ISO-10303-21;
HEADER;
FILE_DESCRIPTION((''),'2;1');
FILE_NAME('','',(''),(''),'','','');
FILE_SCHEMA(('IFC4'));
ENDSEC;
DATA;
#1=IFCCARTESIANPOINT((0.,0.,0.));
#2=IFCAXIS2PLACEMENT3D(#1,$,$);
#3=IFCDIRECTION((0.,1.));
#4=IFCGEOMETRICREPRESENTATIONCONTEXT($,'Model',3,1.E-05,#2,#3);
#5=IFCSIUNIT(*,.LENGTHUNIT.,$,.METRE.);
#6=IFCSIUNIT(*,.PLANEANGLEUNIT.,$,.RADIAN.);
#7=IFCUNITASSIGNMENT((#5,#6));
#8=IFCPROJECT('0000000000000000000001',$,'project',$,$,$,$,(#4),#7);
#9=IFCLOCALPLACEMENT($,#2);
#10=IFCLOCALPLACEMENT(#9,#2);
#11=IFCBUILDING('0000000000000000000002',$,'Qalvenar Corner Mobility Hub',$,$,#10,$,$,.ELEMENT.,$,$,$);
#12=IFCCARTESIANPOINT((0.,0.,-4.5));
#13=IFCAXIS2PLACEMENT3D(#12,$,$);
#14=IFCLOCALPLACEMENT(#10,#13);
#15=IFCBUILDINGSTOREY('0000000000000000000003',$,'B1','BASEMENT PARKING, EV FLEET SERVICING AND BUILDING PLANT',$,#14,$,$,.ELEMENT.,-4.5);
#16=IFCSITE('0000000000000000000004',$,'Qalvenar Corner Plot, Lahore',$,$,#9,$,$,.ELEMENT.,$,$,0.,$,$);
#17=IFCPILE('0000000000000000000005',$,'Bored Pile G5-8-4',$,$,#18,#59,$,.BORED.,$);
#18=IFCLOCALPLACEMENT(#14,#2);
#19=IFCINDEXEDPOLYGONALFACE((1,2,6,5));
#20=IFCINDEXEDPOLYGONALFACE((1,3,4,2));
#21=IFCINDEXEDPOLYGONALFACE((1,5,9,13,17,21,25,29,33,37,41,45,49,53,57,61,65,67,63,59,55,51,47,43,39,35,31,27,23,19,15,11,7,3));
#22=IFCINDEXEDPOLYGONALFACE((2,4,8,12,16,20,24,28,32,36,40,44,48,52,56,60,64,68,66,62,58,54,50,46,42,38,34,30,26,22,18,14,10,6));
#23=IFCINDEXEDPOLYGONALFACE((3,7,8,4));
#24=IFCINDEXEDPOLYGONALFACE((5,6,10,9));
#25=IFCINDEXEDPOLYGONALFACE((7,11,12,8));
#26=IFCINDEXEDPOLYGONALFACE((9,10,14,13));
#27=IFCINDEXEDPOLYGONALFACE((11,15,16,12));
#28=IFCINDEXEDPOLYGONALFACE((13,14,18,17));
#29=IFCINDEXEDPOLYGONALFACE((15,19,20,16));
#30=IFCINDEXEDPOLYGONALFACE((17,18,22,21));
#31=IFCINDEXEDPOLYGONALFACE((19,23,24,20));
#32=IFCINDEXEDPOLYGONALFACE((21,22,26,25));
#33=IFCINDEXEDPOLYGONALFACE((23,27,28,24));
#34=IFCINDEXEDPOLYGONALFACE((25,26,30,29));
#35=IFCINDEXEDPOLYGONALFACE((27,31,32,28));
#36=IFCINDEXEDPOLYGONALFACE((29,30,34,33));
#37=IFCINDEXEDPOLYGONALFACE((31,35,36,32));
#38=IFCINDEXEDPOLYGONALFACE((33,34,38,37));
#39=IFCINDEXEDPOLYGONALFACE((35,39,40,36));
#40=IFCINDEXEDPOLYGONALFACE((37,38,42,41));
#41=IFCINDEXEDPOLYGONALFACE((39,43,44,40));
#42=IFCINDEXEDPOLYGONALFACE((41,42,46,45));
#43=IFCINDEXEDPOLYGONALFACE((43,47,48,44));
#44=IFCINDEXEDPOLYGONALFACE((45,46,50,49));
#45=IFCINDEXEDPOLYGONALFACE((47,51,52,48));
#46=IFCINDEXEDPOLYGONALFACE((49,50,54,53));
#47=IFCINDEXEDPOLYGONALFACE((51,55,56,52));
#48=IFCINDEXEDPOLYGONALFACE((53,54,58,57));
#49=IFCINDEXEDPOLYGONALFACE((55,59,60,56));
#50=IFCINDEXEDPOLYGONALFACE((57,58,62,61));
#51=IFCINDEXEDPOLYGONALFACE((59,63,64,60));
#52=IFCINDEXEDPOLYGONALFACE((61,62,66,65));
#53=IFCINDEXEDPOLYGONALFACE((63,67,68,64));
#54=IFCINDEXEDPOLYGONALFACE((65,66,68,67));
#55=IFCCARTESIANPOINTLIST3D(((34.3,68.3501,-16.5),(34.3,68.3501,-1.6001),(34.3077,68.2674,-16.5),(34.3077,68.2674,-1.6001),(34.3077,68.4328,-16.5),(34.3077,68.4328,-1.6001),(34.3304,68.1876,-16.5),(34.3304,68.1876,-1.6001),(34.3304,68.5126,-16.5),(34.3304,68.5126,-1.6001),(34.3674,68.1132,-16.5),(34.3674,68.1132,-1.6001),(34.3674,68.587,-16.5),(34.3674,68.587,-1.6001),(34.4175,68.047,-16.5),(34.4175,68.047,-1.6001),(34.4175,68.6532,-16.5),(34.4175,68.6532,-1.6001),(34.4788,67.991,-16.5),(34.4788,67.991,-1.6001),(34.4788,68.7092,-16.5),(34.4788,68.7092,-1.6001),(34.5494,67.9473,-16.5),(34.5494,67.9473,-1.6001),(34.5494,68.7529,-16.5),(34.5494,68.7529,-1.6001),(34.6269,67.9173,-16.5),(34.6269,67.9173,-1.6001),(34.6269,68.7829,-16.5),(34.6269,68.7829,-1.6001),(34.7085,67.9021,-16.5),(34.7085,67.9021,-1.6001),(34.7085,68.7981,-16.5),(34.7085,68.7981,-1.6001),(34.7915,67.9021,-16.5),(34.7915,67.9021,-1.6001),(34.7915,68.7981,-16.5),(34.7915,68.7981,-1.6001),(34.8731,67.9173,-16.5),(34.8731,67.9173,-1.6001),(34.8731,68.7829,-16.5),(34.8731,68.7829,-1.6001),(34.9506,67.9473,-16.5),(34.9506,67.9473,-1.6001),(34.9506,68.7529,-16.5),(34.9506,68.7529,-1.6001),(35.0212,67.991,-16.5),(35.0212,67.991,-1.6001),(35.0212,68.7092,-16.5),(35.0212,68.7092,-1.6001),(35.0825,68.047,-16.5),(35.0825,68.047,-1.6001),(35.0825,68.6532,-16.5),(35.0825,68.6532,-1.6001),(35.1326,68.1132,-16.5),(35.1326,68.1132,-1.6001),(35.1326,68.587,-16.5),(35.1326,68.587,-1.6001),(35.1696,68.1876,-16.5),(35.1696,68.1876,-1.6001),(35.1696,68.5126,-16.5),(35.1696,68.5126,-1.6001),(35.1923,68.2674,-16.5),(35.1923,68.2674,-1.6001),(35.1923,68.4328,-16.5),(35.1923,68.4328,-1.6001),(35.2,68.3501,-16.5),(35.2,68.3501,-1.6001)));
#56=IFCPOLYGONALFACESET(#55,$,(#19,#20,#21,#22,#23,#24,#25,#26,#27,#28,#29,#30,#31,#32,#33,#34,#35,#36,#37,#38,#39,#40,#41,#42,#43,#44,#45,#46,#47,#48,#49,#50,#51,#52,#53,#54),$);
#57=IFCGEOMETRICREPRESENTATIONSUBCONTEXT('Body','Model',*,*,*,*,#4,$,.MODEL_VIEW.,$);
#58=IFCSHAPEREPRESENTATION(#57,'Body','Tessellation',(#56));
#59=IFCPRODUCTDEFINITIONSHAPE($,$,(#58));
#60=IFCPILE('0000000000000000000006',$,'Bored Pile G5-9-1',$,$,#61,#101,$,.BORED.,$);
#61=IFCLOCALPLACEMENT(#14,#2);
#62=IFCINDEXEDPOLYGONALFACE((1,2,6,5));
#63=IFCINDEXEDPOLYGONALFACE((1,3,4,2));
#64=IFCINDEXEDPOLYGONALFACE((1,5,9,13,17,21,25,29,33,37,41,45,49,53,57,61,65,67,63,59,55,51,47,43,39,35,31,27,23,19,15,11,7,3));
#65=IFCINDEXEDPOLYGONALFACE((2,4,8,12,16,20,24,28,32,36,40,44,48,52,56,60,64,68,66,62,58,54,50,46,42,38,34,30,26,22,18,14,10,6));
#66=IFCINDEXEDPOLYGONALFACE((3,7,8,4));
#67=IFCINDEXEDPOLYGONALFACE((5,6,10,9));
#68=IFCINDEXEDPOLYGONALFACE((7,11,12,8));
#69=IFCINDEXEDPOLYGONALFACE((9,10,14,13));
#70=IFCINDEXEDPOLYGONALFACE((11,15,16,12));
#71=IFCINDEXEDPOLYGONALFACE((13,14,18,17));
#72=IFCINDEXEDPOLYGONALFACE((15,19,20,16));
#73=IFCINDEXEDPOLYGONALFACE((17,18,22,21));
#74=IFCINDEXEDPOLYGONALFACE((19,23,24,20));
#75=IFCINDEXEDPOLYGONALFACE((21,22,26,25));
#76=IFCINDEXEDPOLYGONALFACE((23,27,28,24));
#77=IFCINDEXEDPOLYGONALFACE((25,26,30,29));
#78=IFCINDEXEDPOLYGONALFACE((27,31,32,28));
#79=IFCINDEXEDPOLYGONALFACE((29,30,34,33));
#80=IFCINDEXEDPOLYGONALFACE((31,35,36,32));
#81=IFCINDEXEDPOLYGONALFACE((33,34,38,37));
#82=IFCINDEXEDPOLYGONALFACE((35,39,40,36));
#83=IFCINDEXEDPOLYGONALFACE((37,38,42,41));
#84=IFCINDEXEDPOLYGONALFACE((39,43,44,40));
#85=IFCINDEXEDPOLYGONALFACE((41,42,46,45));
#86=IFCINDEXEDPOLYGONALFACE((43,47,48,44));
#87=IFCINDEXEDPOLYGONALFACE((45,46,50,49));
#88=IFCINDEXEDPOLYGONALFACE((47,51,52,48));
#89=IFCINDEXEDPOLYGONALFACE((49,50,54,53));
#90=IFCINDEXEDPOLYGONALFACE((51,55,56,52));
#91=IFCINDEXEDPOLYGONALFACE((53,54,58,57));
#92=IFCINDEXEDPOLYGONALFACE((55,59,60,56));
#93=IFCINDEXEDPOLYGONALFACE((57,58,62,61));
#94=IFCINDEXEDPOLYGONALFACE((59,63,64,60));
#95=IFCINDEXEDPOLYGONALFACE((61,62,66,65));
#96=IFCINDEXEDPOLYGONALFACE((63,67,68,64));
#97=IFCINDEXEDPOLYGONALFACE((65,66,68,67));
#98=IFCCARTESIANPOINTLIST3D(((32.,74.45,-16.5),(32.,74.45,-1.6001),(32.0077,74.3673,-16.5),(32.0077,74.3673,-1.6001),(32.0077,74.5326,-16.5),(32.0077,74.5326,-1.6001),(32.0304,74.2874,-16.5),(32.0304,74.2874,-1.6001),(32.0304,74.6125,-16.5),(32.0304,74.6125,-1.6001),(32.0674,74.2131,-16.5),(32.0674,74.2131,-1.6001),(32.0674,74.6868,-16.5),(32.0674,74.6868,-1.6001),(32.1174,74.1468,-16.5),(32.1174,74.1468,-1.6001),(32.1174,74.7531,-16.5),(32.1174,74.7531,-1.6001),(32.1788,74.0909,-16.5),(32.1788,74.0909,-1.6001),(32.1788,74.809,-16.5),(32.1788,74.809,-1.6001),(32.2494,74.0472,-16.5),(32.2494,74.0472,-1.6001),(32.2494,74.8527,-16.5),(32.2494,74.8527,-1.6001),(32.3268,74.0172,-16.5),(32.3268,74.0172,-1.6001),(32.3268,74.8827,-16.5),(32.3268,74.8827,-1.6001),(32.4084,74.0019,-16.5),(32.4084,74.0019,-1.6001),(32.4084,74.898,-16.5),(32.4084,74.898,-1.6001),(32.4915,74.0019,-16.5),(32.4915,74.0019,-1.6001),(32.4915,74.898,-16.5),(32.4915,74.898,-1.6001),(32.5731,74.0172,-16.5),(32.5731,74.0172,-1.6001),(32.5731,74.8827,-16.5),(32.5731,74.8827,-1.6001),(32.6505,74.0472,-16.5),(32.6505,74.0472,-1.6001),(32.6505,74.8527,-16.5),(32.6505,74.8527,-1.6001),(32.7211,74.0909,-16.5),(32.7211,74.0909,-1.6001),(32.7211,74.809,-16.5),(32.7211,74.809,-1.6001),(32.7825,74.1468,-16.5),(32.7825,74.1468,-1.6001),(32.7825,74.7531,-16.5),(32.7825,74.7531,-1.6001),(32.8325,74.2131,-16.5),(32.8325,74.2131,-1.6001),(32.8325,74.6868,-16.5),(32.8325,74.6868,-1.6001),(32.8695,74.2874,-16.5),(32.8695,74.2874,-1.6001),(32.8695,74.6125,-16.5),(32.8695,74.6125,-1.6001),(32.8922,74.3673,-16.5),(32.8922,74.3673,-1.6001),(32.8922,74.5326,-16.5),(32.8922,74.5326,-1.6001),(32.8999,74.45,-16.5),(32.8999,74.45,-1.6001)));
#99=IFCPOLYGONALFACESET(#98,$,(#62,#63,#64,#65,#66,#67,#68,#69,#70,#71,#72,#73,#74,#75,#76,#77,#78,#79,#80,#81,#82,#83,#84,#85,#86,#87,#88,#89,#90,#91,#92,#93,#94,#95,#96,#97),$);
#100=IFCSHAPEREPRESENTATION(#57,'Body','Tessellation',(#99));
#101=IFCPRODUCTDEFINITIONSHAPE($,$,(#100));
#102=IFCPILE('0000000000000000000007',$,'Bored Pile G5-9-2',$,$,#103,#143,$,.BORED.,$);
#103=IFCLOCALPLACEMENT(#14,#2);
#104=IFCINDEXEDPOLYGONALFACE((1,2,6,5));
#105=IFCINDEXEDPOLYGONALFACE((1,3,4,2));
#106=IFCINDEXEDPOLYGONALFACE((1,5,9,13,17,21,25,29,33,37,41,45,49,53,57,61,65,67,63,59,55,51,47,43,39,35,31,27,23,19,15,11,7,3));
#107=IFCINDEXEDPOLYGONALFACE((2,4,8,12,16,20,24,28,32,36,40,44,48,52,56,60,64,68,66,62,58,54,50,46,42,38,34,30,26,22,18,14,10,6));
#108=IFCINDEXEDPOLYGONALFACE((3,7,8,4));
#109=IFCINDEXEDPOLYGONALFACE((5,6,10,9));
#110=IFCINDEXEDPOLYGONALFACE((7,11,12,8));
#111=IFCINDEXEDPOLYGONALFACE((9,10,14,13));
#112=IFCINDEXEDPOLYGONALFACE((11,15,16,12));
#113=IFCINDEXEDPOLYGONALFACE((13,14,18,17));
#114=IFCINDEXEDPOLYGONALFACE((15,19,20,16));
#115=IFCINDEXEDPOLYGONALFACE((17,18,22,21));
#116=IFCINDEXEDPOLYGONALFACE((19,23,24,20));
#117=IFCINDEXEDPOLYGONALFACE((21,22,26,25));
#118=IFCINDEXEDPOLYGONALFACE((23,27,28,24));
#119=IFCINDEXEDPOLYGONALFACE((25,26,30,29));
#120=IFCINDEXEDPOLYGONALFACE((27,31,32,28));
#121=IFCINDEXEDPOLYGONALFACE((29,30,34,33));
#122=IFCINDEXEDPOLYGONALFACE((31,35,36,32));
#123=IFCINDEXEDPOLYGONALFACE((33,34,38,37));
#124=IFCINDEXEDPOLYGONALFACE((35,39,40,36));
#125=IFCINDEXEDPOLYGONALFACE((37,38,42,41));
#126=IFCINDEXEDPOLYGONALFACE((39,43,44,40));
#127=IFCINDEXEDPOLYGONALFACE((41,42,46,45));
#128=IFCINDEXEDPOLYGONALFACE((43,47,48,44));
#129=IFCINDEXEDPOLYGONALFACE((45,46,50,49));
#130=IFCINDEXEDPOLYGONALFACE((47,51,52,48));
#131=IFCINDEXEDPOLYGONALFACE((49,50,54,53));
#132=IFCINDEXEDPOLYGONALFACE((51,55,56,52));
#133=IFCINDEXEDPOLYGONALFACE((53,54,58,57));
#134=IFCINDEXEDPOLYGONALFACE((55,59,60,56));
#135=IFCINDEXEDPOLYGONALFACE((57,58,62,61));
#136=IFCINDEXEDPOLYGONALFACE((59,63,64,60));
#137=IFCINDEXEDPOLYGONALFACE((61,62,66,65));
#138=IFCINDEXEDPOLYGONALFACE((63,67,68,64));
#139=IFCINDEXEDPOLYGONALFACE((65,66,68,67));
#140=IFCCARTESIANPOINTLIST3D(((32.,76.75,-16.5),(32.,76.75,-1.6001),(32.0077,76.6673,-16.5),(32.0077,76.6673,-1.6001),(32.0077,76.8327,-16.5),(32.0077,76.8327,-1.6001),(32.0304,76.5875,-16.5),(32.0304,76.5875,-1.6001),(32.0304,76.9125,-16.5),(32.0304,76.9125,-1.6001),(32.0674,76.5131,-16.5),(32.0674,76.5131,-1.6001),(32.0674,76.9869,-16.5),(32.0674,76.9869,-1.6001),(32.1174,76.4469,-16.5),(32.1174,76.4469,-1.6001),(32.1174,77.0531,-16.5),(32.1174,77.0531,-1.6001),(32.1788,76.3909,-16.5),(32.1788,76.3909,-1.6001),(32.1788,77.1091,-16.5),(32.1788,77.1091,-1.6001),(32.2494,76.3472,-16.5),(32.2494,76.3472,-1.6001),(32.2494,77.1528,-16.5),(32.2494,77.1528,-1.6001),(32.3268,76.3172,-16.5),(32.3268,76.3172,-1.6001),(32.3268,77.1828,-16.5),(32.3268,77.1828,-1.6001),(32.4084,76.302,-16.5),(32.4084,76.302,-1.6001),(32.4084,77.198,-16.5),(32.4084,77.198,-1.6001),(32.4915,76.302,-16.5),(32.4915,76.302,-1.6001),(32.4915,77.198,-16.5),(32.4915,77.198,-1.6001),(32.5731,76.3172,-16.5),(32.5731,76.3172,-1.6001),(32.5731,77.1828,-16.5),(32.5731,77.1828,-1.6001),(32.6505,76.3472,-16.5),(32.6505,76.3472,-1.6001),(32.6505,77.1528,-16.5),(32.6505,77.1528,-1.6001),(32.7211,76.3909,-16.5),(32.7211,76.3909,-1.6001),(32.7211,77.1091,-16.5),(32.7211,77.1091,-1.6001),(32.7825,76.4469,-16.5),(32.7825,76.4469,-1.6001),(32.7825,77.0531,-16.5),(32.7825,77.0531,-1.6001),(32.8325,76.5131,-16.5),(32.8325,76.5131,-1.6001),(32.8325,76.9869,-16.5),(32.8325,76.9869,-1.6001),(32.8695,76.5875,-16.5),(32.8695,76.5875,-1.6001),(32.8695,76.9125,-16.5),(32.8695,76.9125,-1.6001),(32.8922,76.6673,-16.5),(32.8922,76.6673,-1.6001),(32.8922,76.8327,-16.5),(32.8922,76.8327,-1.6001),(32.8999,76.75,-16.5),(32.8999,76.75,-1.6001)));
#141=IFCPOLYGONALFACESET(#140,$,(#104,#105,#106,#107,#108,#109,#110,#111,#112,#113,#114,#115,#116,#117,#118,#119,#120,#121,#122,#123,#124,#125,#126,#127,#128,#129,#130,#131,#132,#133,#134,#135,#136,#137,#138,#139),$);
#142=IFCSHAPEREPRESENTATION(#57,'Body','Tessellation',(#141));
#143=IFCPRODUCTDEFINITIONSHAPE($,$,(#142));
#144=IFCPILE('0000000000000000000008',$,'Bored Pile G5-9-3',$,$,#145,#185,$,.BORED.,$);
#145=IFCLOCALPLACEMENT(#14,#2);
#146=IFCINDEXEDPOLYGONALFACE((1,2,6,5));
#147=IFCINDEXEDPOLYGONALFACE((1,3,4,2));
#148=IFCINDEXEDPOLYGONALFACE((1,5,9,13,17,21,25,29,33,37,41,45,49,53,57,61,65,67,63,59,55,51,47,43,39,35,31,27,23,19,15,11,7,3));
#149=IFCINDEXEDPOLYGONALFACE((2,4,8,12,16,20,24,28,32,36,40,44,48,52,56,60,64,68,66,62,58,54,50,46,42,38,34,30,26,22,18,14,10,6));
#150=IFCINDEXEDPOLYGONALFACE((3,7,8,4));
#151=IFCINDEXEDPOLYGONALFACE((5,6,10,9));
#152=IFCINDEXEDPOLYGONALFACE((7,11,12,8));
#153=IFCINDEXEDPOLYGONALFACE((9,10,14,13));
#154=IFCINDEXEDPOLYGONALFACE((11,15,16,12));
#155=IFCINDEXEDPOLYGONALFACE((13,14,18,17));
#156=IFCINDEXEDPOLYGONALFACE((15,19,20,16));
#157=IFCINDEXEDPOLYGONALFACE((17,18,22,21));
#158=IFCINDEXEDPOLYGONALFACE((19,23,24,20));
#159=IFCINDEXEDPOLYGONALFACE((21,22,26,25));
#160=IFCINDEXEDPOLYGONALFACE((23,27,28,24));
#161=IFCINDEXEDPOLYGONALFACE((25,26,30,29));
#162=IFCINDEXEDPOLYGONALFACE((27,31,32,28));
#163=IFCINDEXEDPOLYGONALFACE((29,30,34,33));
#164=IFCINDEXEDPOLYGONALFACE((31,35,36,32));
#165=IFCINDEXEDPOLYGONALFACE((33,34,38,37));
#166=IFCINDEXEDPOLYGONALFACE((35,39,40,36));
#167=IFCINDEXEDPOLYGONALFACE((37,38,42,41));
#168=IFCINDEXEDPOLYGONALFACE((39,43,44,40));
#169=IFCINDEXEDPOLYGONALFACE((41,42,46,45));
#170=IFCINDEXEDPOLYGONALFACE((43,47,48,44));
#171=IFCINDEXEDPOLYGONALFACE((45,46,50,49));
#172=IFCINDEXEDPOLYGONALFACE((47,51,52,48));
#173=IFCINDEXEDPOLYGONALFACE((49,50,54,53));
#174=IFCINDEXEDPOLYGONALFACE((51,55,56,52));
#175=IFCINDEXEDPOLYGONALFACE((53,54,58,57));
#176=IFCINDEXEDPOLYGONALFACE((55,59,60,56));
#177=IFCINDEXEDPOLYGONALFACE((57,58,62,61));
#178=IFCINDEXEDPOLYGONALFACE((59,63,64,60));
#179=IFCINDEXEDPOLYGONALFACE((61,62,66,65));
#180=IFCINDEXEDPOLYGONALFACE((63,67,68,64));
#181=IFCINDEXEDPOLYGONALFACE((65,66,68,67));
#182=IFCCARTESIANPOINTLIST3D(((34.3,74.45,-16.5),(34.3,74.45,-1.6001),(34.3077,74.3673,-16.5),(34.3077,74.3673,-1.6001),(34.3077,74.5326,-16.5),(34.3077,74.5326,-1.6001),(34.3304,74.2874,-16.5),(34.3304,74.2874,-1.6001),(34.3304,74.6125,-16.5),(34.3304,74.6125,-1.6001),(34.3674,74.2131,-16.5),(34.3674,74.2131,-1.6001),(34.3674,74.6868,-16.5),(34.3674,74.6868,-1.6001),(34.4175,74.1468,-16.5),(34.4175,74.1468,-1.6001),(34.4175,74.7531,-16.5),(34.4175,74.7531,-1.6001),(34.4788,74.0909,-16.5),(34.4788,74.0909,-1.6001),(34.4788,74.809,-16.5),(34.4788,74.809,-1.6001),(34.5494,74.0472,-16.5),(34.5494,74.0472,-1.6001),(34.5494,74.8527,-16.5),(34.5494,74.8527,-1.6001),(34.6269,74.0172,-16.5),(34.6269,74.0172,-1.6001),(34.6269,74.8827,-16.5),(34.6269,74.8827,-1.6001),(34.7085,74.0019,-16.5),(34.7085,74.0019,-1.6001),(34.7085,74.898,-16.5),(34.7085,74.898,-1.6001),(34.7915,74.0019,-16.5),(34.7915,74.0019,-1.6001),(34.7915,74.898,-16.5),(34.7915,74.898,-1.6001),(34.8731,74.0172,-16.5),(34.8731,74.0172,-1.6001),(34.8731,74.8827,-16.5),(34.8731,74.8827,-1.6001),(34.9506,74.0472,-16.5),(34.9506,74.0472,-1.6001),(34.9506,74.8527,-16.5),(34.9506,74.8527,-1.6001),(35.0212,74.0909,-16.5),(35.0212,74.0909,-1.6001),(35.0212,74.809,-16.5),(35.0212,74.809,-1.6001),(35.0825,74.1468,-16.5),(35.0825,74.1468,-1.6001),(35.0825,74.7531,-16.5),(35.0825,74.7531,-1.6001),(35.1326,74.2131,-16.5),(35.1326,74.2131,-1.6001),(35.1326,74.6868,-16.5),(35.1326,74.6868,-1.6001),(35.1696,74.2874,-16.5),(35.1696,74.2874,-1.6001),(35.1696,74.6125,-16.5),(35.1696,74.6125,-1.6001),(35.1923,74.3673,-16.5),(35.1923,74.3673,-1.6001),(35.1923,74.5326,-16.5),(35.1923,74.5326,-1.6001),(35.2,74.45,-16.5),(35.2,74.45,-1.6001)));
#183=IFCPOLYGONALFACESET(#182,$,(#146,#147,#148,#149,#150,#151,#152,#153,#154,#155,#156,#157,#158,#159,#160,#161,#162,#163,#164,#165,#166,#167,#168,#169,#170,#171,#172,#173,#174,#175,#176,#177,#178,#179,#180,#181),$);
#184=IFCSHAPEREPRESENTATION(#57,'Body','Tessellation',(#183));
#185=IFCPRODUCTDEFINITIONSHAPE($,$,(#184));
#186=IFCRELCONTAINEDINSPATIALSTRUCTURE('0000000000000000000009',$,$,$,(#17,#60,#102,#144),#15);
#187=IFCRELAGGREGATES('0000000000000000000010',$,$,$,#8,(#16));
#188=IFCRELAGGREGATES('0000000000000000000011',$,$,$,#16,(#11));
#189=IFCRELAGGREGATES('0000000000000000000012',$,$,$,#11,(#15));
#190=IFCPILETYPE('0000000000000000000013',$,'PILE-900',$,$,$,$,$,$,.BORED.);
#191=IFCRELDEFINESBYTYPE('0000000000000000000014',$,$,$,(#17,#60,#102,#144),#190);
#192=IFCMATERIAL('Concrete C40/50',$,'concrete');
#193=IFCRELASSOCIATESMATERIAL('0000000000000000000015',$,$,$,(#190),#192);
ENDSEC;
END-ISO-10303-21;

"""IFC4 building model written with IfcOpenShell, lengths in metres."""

from ifc_helpers import new_model, si_unit, direction, frame, origin, origin_2d, place, context, subcontext, project, spatial, circle, extrude, material, material_profile, profile_set, type_object, element, save


model = new_model("IFC4")

# Units and contexts
model_context = context("Model", 3, precision=1e-05, world=origin(), true_north=direction((0.0, 1.0)))
body_context = subcontext(model_context, "Body", "Model", "MODEL_VIEW")
ifc_project = project(units=[si_unit("LENGTHUNIT", "METRE"), si_unit("PLANEANGLEUNIT", "RADIAN")], contexts=[model_context])

# Site, building, storey
site_placement = place(None, origin())
site = spatial("IfcSite", under=ifc_project, at=site_placement, Name="Qalvenar Corner Plot, Lahore", CompositionType="ELEMENT", RefElevation=0.0)
building_placement = place(site_placement, origin())
building = spatial("IfcBuilding", under=site, at=building_placement, Name="Qalvenar Corner Mobility Hub", CompositionType="ELEMENT")
storey_placement = place(building_placement, frame((0.0, 0.0, -4.5)))
storey = spatial("IfcBuildingStorey", under=building, at=storey_placement, Name="B1", Description="BASEMENT PARKING, EV FLEET SERVICING AND BUILDING PLANT", CompositionType="ELEMENT", Elevation=-4.5)

# Shared definitions
ifc_material_1 = material(Name="Concrete C40/50", Category="concrete")

# Piles
ifc_material_profile_1 = material_profile(ifc_material_1, circle(Radius=0.45, at=origin_2d()), Name="DIA900")
ifc_profile_set_1 = profile_set([ifc_material_profile_1], Name="Concrete C40/50")
pile_type = type_object("IfcPileType", Name="PILE-900", PredefinedType="BORED", material=ifc_profile_set_1)
for number, where, z_axis, x_axis, name in (
    (1, (34.75, 68.3501, -1.6001), (0.0, 0.0, -1.0), (1.0, 0.0, 0.0), "Bored Pile G5-8-4"),
    (2, (32.45, 74.45, -1.6001), (0.0, 0.0, -1.0), (1.0, 0.0, 0.0), "Bored Pile G5-9-1"),
    (3, (32.45, 76.75, -1.6001), (0.0, 0.0, -1.0), (1.0, 0.0, 0.0), "Bored Pile G5-9-2"),
    (4, (34.75, 74.45, -1.6001), (0.0, 0.0, -1.0), (1.0, 0.0, 0.0), "Bored Pile G5-9-3"),
):
    element("IfcPile", number, at=place(storey_placement, frame(where, z_axis=z_axis, x_axis=x_axis)), inside=storey, type_object=pile_type, Name=name, PredefinedType="BORED", context=body_context, shape_type="SweptSolid", body=[
        extrude(circle(Radius=0.45, at=origin_2d()), origin(), (0.0, 0.0, 1.0), 14.8999),
    ])

save(model, "model.ifc")
